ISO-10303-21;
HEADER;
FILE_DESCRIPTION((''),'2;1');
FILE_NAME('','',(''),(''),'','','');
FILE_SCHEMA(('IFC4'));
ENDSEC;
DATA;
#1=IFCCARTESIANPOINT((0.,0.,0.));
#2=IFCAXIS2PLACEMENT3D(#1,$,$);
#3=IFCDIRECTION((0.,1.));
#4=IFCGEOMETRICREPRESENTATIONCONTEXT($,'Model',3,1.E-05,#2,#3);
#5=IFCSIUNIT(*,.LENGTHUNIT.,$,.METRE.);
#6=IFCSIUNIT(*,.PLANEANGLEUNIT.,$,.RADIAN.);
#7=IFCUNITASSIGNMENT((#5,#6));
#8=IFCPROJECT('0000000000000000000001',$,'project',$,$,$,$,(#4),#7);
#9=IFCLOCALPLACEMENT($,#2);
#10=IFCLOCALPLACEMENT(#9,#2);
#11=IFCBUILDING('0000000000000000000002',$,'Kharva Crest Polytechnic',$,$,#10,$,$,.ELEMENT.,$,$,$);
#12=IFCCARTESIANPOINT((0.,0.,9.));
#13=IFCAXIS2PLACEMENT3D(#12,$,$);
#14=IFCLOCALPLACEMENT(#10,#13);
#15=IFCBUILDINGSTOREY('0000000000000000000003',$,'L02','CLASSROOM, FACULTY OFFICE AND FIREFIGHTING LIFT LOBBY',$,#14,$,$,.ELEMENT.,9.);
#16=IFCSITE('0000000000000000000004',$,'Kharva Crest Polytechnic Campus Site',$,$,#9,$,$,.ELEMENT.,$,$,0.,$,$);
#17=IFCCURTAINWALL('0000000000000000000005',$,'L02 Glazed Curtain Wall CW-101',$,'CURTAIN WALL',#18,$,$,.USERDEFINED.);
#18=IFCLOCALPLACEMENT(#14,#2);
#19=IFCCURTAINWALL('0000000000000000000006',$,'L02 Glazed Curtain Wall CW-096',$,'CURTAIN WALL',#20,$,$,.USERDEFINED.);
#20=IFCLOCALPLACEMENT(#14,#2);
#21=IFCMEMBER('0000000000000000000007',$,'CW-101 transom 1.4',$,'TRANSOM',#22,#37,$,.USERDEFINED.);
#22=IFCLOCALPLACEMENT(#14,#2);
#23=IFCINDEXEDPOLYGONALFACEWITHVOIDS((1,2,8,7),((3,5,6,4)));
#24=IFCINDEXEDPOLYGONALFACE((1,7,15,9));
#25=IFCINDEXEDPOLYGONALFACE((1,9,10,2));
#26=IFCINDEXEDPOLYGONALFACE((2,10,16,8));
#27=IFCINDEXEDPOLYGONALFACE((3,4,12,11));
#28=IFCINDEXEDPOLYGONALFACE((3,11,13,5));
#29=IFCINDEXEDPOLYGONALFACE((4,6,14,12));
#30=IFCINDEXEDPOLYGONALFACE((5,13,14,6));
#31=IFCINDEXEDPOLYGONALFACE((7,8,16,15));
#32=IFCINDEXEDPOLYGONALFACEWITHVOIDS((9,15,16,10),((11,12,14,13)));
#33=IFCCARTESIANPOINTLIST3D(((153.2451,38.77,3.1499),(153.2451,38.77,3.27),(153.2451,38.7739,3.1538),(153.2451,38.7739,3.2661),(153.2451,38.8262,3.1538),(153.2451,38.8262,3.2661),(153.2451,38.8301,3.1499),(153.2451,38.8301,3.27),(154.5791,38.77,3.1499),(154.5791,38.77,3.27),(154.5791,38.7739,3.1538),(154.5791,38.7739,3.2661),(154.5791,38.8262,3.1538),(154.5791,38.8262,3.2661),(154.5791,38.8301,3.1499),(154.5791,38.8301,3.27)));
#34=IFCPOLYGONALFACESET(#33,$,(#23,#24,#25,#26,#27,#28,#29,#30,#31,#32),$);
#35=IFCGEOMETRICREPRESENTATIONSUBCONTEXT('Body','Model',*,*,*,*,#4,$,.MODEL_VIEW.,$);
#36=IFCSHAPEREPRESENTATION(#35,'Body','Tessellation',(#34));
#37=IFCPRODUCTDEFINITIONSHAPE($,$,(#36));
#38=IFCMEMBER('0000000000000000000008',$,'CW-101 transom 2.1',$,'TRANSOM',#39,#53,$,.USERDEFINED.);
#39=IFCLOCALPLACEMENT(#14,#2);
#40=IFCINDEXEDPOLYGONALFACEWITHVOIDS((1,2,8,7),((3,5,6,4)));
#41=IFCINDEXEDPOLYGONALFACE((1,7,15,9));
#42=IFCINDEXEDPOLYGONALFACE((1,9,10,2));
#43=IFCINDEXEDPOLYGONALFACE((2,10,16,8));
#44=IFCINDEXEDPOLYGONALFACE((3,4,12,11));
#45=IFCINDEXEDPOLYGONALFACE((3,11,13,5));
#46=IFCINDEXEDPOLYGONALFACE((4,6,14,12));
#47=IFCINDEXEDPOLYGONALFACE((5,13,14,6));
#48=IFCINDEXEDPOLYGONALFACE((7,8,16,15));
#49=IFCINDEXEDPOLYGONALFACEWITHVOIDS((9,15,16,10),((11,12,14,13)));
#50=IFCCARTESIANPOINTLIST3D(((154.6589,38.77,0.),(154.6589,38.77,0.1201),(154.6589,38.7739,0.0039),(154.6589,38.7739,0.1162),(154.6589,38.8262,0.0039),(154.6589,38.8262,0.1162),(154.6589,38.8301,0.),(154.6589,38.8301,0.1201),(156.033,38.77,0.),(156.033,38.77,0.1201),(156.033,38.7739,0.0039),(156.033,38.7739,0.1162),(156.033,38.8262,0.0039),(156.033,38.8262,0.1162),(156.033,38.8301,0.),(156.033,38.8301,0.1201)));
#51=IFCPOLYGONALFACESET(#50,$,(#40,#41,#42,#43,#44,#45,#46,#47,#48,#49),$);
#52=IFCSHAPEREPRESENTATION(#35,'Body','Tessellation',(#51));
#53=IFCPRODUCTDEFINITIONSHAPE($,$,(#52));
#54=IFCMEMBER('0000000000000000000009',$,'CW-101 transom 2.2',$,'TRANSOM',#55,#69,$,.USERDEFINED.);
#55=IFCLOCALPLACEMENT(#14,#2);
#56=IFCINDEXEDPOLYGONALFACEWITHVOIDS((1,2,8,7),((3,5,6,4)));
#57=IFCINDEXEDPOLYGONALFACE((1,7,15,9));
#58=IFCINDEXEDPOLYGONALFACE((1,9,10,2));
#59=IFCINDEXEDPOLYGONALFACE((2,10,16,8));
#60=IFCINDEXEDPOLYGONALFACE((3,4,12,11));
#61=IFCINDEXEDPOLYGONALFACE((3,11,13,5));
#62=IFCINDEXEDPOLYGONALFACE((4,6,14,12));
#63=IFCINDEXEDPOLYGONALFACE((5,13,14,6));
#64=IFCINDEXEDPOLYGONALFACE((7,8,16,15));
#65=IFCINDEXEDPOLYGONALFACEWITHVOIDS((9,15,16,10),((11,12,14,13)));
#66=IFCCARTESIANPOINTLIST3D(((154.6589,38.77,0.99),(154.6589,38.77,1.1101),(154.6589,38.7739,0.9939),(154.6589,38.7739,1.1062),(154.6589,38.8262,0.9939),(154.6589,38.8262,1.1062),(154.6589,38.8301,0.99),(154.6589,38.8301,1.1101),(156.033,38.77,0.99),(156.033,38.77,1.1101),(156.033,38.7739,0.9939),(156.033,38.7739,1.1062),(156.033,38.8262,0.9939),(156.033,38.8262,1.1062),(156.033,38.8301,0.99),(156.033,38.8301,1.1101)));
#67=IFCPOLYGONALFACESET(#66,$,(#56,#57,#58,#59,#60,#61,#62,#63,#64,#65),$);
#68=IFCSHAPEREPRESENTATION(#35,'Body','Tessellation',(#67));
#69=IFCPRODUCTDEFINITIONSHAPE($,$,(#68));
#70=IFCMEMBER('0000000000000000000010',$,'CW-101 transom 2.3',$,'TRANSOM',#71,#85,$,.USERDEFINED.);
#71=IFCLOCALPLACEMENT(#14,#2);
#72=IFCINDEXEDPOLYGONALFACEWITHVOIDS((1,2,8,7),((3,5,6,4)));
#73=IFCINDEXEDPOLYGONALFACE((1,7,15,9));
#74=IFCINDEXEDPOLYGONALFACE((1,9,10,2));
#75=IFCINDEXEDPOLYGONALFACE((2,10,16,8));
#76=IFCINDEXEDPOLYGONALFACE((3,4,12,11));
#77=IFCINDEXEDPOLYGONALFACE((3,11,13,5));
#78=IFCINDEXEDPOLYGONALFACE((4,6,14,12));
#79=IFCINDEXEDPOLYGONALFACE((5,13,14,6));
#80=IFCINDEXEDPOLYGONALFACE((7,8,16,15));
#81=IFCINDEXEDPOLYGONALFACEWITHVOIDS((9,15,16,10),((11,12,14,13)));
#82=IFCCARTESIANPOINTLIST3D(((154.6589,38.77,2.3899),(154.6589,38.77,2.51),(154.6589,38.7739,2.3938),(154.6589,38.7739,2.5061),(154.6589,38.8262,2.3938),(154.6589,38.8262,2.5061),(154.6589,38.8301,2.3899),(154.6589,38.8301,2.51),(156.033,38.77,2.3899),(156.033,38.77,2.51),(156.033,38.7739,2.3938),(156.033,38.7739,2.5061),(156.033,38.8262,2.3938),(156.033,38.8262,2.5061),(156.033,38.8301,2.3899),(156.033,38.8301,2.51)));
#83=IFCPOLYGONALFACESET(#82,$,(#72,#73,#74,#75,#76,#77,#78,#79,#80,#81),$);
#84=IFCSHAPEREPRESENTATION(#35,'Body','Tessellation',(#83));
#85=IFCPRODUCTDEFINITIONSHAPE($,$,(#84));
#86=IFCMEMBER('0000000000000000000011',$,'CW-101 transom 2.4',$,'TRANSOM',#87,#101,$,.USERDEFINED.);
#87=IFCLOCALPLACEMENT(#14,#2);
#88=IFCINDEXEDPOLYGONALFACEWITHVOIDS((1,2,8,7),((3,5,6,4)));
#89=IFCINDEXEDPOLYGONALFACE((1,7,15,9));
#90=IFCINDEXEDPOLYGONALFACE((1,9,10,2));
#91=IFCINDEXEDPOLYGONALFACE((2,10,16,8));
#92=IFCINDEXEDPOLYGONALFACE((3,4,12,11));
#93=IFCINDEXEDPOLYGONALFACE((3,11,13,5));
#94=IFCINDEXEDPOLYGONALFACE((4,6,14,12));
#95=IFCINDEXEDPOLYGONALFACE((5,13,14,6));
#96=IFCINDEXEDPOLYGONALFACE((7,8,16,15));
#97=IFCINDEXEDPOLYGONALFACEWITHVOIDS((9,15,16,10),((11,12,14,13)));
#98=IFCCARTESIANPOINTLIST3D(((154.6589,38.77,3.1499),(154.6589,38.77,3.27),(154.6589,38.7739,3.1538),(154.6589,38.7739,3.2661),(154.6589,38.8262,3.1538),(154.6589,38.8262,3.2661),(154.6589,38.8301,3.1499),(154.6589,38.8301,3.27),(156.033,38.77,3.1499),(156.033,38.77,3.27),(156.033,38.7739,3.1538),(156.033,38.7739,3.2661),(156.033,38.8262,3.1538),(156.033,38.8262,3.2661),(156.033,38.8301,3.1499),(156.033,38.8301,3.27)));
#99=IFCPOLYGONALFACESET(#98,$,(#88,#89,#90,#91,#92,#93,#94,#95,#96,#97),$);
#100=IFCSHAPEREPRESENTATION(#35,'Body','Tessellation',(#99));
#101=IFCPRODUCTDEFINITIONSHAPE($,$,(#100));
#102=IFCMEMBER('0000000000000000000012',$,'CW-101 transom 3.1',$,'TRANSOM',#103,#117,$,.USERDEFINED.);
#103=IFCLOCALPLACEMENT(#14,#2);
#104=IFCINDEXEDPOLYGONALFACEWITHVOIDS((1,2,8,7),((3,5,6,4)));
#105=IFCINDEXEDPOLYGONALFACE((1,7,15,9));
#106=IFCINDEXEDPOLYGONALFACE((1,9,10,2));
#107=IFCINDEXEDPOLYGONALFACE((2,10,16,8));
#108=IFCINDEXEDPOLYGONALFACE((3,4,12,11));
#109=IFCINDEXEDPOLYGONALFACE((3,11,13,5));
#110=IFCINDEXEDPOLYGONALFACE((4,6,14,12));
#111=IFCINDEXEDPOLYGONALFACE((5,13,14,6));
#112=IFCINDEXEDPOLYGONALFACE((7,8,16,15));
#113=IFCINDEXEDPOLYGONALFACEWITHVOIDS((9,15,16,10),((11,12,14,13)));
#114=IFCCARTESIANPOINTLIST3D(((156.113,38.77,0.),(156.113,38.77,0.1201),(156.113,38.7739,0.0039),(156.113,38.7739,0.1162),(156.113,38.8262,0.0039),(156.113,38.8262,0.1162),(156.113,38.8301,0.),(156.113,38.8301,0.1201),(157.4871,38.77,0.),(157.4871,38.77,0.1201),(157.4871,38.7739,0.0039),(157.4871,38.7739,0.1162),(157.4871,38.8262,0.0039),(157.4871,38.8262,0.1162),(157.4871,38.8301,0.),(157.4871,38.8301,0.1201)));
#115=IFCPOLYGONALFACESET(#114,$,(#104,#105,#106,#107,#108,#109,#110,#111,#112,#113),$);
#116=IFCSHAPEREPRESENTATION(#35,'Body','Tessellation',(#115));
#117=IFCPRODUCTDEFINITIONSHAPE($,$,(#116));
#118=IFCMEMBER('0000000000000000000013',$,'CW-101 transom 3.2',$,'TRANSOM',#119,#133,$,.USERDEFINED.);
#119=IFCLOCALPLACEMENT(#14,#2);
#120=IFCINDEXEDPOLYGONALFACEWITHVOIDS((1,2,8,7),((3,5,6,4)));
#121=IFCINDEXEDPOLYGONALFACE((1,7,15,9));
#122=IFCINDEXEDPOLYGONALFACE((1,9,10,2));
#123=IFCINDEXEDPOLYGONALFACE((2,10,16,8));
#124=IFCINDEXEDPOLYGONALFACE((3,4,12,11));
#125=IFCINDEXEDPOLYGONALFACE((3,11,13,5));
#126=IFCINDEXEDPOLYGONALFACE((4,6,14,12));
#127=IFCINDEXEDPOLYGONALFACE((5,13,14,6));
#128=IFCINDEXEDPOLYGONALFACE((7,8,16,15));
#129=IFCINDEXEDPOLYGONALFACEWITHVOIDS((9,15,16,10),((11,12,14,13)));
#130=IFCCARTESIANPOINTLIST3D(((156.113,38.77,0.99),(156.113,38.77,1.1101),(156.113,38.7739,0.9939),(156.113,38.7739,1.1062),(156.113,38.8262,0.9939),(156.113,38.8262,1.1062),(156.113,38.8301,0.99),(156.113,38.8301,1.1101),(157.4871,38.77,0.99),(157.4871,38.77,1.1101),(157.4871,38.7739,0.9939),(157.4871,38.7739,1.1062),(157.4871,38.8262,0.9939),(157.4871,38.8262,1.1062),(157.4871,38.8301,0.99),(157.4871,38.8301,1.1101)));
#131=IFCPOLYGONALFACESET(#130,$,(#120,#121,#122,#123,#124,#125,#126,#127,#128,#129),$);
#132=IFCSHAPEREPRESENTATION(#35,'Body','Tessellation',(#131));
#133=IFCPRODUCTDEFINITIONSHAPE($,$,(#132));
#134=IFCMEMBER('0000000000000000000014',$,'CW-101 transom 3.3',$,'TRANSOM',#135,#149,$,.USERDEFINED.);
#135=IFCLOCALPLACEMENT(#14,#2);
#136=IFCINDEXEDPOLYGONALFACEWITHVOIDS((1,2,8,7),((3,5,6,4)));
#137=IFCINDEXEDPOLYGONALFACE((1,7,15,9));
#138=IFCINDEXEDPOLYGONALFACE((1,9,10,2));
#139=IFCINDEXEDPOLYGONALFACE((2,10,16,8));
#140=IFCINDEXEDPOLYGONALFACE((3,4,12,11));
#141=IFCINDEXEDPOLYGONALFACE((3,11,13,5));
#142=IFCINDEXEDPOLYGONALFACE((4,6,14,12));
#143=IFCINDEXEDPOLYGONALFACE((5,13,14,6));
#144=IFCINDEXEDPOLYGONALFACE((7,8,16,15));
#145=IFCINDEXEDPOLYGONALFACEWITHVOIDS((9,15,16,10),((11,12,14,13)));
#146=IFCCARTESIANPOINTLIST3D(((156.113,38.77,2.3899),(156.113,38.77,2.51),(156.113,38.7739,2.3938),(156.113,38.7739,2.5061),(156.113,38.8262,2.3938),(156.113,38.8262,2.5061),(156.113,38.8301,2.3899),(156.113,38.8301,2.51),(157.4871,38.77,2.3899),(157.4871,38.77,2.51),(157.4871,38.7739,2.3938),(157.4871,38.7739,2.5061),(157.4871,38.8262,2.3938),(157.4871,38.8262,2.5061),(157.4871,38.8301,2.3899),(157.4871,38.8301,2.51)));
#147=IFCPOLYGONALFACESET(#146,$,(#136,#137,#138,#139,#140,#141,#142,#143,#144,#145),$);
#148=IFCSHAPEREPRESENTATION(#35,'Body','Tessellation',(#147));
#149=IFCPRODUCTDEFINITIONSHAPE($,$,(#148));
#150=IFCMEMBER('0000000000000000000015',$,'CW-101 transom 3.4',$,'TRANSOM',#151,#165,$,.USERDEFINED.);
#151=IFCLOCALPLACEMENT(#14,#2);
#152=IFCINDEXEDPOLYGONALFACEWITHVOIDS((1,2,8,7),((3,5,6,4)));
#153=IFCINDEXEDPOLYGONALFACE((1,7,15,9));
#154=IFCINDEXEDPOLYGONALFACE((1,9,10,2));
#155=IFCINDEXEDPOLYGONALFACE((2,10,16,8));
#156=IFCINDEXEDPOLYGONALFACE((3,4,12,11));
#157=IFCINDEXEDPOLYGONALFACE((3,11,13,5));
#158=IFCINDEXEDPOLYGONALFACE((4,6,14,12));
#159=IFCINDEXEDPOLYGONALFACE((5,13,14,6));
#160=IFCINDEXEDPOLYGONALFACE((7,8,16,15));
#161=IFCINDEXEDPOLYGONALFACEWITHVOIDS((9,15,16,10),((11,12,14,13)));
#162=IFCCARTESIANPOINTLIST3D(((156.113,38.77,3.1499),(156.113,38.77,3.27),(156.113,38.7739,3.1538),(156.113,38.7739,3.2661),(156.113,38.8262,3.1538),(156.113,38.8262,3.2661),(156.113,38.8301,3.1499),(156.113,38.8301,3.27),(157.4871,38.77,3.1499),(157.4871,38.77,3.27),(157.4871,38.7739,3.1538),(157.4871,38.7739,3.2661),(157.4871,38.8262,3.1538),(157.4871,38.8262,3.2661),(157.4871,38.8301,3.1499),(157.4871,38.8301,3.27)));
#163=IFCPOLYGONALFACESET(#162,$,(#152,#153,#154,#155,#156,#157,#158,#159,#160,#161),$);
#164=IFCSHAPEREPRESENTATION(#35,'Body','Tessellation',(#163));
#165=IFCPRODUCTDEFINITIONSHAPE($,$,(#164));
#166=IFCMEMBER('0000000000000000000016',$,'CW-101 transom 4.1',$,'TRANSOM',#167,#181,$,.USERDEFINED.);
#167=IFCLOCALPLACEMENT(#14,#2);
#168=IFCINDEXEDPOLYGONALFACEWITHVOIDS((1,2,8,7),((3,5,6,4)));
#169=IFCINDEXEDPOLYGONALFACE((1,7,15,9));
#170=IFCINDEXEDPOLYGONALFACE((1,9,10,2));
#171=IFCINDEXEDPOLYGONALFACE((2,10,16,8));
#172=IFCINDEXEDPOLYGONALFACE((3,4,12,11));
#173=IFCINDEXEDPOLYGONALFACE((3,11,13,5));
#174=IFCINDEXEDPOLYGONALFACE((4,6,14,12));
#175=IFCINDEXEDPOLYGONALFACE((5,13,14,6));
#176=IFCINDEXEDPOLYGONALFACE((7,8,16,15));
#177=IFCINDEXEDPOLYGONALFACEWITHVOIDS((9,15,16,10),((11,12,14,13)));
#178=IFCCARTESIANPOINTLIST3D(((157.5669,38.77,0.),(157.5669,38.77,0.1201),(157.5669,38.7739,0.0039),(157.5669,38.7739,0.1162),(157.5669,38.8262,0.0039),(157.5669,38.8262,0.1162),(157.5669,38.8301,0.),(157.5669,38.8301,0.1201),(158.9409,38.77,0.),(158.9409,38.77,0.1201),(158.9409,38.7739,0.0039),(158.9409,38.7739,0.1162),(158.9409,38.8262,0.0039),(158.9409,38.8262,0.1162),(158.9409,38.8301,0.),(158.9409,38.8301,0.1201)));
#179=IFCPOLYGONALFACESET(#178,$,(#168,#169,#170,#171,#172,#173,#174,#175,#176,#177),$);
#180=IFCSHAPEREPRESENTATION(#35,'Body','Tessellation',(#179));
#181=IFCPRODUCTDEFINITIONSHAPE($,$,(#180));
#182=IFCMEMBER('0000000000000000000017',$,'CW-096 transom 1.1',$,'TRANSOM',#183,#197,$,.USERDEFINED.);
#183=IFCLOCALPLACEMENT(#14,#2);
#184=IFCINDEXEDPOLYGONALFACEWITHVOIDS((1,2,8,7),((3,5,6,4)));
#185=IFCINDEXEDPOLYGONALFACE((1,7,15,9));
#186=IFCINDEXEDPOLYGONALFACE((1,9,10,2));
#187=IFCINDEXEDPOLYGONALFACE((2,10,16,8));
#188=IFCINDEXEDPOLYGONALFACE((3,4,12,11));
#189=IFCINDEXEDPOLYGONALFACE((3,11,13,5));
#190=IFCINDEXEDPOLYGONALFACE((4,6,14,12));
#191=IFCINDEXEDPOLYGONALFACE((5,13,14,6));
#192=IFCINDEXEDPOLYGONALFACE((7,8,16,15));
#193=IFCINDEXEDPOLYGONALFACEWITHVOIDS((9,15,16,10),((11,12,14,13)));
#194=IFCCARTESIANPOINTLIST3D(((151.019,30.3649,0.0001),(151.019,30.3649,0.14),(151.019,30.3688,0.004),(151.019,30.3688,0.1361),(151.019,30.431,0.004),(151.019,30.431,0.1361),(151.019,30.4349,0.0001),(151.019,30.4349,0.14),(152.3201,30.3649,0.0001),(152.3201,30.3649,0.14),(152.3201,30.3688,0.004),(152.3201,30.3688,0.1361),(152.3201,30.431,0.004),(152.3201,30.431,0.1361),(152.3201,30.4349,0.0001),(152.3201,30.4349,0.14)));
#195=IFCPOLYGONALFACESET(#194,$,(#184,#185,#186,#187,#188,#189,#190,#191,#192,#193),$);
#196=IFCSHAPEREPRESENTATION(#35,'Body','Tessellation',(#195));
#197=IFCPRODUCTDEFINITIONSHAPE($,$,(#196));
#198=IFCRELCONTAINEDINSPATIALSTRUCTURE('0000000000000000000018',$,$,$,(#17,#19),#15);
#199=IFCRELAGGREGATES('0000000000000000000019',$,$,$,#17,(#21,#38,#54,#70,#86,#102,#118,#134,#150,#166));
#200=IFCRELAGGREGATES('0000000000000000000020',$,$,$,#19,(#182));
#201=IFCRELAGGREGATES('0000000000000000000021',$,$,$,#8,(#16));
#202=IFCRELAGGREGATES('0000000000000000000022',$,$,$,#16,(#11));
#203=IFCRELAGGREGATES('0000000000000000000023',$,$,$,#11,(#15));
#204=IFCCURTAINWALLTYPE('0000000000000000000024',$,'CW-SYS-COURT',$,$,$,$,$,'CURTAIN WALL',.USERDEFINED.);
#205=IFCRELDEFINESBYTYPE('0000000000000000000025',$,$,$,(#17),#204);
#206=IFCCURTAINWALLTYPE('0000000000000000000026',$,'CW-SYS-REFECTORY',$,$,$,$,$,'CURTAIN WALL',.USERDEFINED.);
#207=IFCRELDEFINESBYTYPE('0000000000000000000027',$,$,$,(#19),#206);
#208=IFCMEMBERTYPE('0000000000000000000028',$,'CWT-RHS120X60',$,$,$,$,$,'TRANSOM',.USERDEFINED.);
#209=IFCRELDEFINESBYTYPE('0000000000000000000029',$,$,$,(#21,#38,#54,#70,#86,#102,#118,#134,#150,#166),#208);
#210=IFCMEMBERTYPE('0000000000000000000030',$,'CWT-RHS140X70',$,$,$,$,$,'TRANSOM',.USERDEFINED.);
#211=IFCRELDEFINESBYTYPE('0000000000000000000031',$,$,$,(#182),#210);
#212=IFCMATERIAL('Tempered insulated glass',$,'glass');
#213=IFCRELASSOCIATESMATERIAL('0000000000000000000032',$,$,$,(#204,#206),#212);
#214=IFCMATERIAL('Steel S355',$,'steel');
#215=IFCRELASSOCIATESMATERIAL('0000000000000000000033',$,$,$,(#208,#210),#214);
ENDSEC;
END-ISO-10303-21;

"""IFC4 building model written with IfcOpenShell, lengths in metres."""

from ifc_helpers import new_model, si_unit, direction, frame, origin, origin_2d, place, context, subcontext, project, spatial, hollow_rectangle, extrude, material, material_profile, profile_set, type_object, element, aggregate, save


model = new_model("IFC4")

# Units and contexts
model_context = context("Model", 3, precision=1e-05, world=origin(), true_north=direction((0.0, 1.0)))
body_context = subcontext(model_context, "Body", "Model", "MODEL_VIEW")
ifc_project = project(units=[si_unit("LENGTHUNIT", "METRE"), si_unit("PLANEANGLEUNIT", "RADIAN")], contexts=[model_context])

# Site, building, storey
site_placement = place(None, origin())
site = spatial("IfcSite", under=ifc_project, at=site_placement, Name="Kharva Crest Polytechnic Campus Site", CompositionType="ELEMENT", RefElevation=0.0)
building_placement = place(site_placement, origin())
building = spatial("IfcBuilding", under=site, at=building_placement, Name="Kharva Crest Polytechnic", CompositionType="ELEMENT")
storey_placement = place(building_placement, frame((0.0, 0.0, 9.0)))
storey = spatial("IfcBuildingStorey", under=building, at=storey_placement, Name="L02", Description="CLASSROOM, FACULTY OFFICE AND FIREFIGHTING LIFT LOBBY", CompositionType="ELEMENT", Elevation=9.0)

# Curtain walls
ifc_material_1 = material(Name="Tempered insulated glass", Category="glass")
curtain_wall_type_1 = type_object("IfcCurtainWallType", Name="CW-SYS-COURT", ElementType="CURTAIN WALL", PredefinedType="USERDEFINED", material=ifc_material_1)
curtain_wall_1_placement = place(storey_placement, origin())
curtain_wall_1 = element("IfcCurtainWall", 1, at=curtain_wall_1_placement, inside=storey, type_object=curtain_wall_type_1, Name="L02 Glazed Curtain Wall CW-101", ObjectType="CURTAIN WALL", PredefinedType="USERDEFINED")
ifc_material_2 = material(Name="Steel S355", Category="steel")
curtain_wall_type_2 = type_object("IfcCurtainWallType", Name="CW-SYS-REFECTORY", ElementType="CURTAIN WALL", PredefinedType="USERDEFINED", material=ifc_material_1)
curtain_wall_2_placement = place(storey_placement, origin())
curtain_wall_2 = element("IfcCurtainWall", 2, at=curtain_wall_2_placement, inside=storey, type_object=curtain_wall_type_2, Name="L02 Glazed Curtain Wall CW-096", ObjectType="CURTAIN WALL", PredefinedType="USERDEFINED")

# Members
ifc_material_profile_1 = material_profile(ifc_material_2, hollow_rectangle(XDim=0.0601, YDim=0.1201, WallThickness=0.0039, at=origin_2d()), Name="RHS 120X60X4.0")
ifc_profile_set_1 = profile_set([ifc_material_profile_1], Name="Steel S355")
member_type_1 = type_object("IfcMemberType", Name="CWT-RHS120X60", ElementType="TRANSOM", PredefinedType="USERDEFINED", material=ifc_profile_set_1)
member_1_placement = place(storey_placement, frame((153.2451, 38.8, 3.21), z_axis=(1.0, 0.0, 0.0), x_axis=(0.0, 1.0, 0.0)))
member_1 = element("IfcMember", 3, at=member_1_placement, type_object=member_type_1, Name="CW-101 transom 1.4", ObjectType="TRANSOM", PredefinedType="USERDEFINED", context=body_context, shape_type="SweptSolid", body=[
    extrude(hollow_rectangle(XDim=0.0601, YDim=0.1201, WallThickness=0.0039, at=origin_2d()), origin(), (0.0, 0.0, 1.0), 1.334),
])
member_2_placement = place(storey_placement, frame((154.6589, 38.8, 0.0601), z_axis=(1.0, 0.0, 0.0), x_axis=(0.0, 1.0, 0.0)))
member_2 = element("IfcMember", 4, at=member_2_placement, type_object=member_type_1, Name="CW-101 transom 2.1", ObjectType="TRANSOM", PredefinedType="USERDEFINED", context=body_context, shape_type="SweptSolid", body=[
    extrude(hollow_rectangle(XDim=0.0601, YDim=0.1201, WallThickness=0.0039, at=origin_2d()), origin(), (0.0, 0.0, 1.0), 1.374),
])
member_3_placement = place(storey_placement, frame((154.6589, 38.8, 1.05), z_axis=(1.0, 0.0, 0.0), x_axis=(0.0, 1.0, 0.0)))
member_3 = element("IfcMember", 5, at=member_3_placement, type_object=member_type_1, Name="CW-101 transom 2.2", ObjectType="TRANSOM", PredefinedType="USERDEFINED", context=body_context, shape_type="SweptSolid", body=[
    extrude(hollow_rectangle(XDim=0.0601, YDim=0.1201, WallThickness=0.0039, at=origin_2d()), origin(), (0.0, 0.0, 1.0), 1.374),
])
member_4_placement = place(storey_placement, frame((154.6589, 38.8, 2.45), z_axis=(1.0, 0.0, 0.0), x_axis=(0.0, 1.0, 0.0)))
member_4 = element("IfcMember", 6, at=member_4_placement, type_object=member_type_1, Name="CW-101 transom 2.3", ObjectType="TRANSOM", PredefinedType="USERDEFINED", context=body_context, shape_type="SweptSolid", body=[
    extrude(hollow_rectangle(XDim=0.0601, YDim=0.1201, WallThickness=0.0039, at=origin_2d()), origin(), (0.0, 0.0, 1.0), 1.374),
])
member_5_placement = place(storey_placement, frame((154.6589, 38.8, 3.21), z_axis=(1.0, 0.0, 0.0), x_axis=(0.0, 1.0, 0.0)))
member_5 = element("IfcMember", 7, at=member_5_placement, type_object=member_type_1, Name="CW-101 transom 2.4", ObjectType="TRANSOM", PredefinedType="USERDEFINED", context=body_context, shape_type="SweptSolid", body=[
    extrude(hollow_rectangle(XDim=0.0601, YDim=0.1201, WallThickness=0.0039, at=origin_2d()), origin(), (0.0, 0.0, 1.0), 1.374),
])
member_6_placement = place(storey_placement, frame((156.113, 38.8, 0.0601), z_axis=(1.0, 0.0, 0.0), x_axis=(0.0, 1.0, 0.0)))
member_6 = element("IfcMember", 8, at=member_6_placement, type_object=member_type_1, Name="CW-101 transom 3.1", ObjectType="TRANSOM", PredefinedType="USERDEFINED", context=body_context, shape_type="SweptSolid", body=[
    extrude(hollow_rectangle(XDim=0.0601, YDim=0.1201, WallThickness=0.0039, at=origin_2d()), origin(), (0.0, 0.0, 1.0), 1.374),
])
member_7_placement = place(storey_placement, frame((156.113, 38.8, 1.05), z_axis=(1.0, 0.0, 0.0), x_axis=(0.0, 1.0, 0.0)))
member_7 = element("IfcMember", 9, at=member_7_placement, type_object=member_type_1, Name="CW-101 transom 3.2", ObjectType="TRANSOM", PredefinedType="USERDEFINED", context=body_context, shape_type="SweptSolid", body=[
    extrude(hollow_rectangle(XDim=0.0601, YDim=0.1201, WallThickness=0.0039, at=origin_2d()), origin(), (0.0, 0.0, 1.0), 1.374),
])
member_8_placement = place(storey_placement, frame((156.113, 38.8, 2.45), z_axis=(1.0, 0.0, 0.0), x_axis=(0.0, 1.0, 0.0)))
member_8 = element("IfcMember", 10, at=member_8_placement, type_object=member_type_1, Name="CW-101 transom 3.3", ObjectType="TRANSOM", PredefinedType="USERDEFINED", context=body_context, shape_type="SweptSolid", body=[
    extrude(hollow_rectangle(XDim=0.0601, YDim=0.1201, WallThickness=0.0039, at=origin_2d()), origin(), (0.0, 0.0, 1.0), 1.374),
])
member_9_placement = place(storey_placement, frame((156.113, 38.8, 3.21), z_axis=(1.0, 0.0, 0.0), x_axis=(0.0, 1.0, 0.0)))
member_9 = element("IfcMember", 11, at=member_9_placement, type_object=member_type_1, Name="CW-101 transom 3.4", ObjectType="TRANSOM", PredefinedType="USERDEFINED", context=body_context, shape_type="SweptSolid", body=[
    extrude(hollow_rectangle(XDim=0.0601, YDim=0.1201, WallThickness=0.0039, at=origin_2d()), origin(), (0.0, 0.0, 1.0), 1.374),
])
member_10_placement = place(storey_placement, frame((157.5669, 38.8, 0.0601), z_axis=(1.0, 0.0, 0.0), x_axis=(0.0, 1.0, 0.0)))
member_10 = element("IfcMember", 12, at=member_10_placement, type_object=member_type_1, Name="CW-101 transom 4.1", ObjectType="TRANSOM", PredefinedType="USERDEFINED", context=body_context, shape_type="SweptSolid", body=[
    extrude(hollow_rectangle(XDim=0.0601, YDim=0.1201, WallThickness=0.0039, at=origin_2d()), origin(), (0.0, 0.0, 1.0), 1.374),
])
ifc_material_profile_2 = material_profile(ifc_material_2, hollow_rectangle(XDim=0.0701, YDim=0.1399, WallThickness=0.0039, at=origin_2d()), Name="RHS 140X70X4.0")
ifc_profile_set_2 = profile_set([ifc_material_profile_2], Name="Steel S355")
member_type_2 = type_object("IfcMemberType", Name="CWT-RHS140X70", ElementType="TRANSOM", PredefinedType="USERDEFINED", material=ifc_profile_set_2)
member_11_placement = place(storey_placement, frame((152.3201, 30.3999, 0.0701), z_axis=(-1.0, 0.0, 0.0), x_axis=(0.0, -1.0, 0.0)))
member_11 = element("IfcMember", 13, at=member_11_placement, type_object=member_type_2, Name="CW-096 transom 1.1", ObjectType="TRANSOM", PredefinedType="USERDEFINED", context=body_context, shape_type="SweptSolid", body=[
    extrude(hollow_rectangle(XDim=0.0701, YDim=0.1399, WallThickness=0.0039, at=origin_2d()), origin(), (0.0, 0.0, 1.0), 1.301),
])

aggregate(curtain_wall_1, [member_1, member_2, member_3, member_4, member_5, member_6, member_7, member_8, member_9, member_10])
aggregate(curtain_wall_2, [member_11])

save(model, "model.ifc")
